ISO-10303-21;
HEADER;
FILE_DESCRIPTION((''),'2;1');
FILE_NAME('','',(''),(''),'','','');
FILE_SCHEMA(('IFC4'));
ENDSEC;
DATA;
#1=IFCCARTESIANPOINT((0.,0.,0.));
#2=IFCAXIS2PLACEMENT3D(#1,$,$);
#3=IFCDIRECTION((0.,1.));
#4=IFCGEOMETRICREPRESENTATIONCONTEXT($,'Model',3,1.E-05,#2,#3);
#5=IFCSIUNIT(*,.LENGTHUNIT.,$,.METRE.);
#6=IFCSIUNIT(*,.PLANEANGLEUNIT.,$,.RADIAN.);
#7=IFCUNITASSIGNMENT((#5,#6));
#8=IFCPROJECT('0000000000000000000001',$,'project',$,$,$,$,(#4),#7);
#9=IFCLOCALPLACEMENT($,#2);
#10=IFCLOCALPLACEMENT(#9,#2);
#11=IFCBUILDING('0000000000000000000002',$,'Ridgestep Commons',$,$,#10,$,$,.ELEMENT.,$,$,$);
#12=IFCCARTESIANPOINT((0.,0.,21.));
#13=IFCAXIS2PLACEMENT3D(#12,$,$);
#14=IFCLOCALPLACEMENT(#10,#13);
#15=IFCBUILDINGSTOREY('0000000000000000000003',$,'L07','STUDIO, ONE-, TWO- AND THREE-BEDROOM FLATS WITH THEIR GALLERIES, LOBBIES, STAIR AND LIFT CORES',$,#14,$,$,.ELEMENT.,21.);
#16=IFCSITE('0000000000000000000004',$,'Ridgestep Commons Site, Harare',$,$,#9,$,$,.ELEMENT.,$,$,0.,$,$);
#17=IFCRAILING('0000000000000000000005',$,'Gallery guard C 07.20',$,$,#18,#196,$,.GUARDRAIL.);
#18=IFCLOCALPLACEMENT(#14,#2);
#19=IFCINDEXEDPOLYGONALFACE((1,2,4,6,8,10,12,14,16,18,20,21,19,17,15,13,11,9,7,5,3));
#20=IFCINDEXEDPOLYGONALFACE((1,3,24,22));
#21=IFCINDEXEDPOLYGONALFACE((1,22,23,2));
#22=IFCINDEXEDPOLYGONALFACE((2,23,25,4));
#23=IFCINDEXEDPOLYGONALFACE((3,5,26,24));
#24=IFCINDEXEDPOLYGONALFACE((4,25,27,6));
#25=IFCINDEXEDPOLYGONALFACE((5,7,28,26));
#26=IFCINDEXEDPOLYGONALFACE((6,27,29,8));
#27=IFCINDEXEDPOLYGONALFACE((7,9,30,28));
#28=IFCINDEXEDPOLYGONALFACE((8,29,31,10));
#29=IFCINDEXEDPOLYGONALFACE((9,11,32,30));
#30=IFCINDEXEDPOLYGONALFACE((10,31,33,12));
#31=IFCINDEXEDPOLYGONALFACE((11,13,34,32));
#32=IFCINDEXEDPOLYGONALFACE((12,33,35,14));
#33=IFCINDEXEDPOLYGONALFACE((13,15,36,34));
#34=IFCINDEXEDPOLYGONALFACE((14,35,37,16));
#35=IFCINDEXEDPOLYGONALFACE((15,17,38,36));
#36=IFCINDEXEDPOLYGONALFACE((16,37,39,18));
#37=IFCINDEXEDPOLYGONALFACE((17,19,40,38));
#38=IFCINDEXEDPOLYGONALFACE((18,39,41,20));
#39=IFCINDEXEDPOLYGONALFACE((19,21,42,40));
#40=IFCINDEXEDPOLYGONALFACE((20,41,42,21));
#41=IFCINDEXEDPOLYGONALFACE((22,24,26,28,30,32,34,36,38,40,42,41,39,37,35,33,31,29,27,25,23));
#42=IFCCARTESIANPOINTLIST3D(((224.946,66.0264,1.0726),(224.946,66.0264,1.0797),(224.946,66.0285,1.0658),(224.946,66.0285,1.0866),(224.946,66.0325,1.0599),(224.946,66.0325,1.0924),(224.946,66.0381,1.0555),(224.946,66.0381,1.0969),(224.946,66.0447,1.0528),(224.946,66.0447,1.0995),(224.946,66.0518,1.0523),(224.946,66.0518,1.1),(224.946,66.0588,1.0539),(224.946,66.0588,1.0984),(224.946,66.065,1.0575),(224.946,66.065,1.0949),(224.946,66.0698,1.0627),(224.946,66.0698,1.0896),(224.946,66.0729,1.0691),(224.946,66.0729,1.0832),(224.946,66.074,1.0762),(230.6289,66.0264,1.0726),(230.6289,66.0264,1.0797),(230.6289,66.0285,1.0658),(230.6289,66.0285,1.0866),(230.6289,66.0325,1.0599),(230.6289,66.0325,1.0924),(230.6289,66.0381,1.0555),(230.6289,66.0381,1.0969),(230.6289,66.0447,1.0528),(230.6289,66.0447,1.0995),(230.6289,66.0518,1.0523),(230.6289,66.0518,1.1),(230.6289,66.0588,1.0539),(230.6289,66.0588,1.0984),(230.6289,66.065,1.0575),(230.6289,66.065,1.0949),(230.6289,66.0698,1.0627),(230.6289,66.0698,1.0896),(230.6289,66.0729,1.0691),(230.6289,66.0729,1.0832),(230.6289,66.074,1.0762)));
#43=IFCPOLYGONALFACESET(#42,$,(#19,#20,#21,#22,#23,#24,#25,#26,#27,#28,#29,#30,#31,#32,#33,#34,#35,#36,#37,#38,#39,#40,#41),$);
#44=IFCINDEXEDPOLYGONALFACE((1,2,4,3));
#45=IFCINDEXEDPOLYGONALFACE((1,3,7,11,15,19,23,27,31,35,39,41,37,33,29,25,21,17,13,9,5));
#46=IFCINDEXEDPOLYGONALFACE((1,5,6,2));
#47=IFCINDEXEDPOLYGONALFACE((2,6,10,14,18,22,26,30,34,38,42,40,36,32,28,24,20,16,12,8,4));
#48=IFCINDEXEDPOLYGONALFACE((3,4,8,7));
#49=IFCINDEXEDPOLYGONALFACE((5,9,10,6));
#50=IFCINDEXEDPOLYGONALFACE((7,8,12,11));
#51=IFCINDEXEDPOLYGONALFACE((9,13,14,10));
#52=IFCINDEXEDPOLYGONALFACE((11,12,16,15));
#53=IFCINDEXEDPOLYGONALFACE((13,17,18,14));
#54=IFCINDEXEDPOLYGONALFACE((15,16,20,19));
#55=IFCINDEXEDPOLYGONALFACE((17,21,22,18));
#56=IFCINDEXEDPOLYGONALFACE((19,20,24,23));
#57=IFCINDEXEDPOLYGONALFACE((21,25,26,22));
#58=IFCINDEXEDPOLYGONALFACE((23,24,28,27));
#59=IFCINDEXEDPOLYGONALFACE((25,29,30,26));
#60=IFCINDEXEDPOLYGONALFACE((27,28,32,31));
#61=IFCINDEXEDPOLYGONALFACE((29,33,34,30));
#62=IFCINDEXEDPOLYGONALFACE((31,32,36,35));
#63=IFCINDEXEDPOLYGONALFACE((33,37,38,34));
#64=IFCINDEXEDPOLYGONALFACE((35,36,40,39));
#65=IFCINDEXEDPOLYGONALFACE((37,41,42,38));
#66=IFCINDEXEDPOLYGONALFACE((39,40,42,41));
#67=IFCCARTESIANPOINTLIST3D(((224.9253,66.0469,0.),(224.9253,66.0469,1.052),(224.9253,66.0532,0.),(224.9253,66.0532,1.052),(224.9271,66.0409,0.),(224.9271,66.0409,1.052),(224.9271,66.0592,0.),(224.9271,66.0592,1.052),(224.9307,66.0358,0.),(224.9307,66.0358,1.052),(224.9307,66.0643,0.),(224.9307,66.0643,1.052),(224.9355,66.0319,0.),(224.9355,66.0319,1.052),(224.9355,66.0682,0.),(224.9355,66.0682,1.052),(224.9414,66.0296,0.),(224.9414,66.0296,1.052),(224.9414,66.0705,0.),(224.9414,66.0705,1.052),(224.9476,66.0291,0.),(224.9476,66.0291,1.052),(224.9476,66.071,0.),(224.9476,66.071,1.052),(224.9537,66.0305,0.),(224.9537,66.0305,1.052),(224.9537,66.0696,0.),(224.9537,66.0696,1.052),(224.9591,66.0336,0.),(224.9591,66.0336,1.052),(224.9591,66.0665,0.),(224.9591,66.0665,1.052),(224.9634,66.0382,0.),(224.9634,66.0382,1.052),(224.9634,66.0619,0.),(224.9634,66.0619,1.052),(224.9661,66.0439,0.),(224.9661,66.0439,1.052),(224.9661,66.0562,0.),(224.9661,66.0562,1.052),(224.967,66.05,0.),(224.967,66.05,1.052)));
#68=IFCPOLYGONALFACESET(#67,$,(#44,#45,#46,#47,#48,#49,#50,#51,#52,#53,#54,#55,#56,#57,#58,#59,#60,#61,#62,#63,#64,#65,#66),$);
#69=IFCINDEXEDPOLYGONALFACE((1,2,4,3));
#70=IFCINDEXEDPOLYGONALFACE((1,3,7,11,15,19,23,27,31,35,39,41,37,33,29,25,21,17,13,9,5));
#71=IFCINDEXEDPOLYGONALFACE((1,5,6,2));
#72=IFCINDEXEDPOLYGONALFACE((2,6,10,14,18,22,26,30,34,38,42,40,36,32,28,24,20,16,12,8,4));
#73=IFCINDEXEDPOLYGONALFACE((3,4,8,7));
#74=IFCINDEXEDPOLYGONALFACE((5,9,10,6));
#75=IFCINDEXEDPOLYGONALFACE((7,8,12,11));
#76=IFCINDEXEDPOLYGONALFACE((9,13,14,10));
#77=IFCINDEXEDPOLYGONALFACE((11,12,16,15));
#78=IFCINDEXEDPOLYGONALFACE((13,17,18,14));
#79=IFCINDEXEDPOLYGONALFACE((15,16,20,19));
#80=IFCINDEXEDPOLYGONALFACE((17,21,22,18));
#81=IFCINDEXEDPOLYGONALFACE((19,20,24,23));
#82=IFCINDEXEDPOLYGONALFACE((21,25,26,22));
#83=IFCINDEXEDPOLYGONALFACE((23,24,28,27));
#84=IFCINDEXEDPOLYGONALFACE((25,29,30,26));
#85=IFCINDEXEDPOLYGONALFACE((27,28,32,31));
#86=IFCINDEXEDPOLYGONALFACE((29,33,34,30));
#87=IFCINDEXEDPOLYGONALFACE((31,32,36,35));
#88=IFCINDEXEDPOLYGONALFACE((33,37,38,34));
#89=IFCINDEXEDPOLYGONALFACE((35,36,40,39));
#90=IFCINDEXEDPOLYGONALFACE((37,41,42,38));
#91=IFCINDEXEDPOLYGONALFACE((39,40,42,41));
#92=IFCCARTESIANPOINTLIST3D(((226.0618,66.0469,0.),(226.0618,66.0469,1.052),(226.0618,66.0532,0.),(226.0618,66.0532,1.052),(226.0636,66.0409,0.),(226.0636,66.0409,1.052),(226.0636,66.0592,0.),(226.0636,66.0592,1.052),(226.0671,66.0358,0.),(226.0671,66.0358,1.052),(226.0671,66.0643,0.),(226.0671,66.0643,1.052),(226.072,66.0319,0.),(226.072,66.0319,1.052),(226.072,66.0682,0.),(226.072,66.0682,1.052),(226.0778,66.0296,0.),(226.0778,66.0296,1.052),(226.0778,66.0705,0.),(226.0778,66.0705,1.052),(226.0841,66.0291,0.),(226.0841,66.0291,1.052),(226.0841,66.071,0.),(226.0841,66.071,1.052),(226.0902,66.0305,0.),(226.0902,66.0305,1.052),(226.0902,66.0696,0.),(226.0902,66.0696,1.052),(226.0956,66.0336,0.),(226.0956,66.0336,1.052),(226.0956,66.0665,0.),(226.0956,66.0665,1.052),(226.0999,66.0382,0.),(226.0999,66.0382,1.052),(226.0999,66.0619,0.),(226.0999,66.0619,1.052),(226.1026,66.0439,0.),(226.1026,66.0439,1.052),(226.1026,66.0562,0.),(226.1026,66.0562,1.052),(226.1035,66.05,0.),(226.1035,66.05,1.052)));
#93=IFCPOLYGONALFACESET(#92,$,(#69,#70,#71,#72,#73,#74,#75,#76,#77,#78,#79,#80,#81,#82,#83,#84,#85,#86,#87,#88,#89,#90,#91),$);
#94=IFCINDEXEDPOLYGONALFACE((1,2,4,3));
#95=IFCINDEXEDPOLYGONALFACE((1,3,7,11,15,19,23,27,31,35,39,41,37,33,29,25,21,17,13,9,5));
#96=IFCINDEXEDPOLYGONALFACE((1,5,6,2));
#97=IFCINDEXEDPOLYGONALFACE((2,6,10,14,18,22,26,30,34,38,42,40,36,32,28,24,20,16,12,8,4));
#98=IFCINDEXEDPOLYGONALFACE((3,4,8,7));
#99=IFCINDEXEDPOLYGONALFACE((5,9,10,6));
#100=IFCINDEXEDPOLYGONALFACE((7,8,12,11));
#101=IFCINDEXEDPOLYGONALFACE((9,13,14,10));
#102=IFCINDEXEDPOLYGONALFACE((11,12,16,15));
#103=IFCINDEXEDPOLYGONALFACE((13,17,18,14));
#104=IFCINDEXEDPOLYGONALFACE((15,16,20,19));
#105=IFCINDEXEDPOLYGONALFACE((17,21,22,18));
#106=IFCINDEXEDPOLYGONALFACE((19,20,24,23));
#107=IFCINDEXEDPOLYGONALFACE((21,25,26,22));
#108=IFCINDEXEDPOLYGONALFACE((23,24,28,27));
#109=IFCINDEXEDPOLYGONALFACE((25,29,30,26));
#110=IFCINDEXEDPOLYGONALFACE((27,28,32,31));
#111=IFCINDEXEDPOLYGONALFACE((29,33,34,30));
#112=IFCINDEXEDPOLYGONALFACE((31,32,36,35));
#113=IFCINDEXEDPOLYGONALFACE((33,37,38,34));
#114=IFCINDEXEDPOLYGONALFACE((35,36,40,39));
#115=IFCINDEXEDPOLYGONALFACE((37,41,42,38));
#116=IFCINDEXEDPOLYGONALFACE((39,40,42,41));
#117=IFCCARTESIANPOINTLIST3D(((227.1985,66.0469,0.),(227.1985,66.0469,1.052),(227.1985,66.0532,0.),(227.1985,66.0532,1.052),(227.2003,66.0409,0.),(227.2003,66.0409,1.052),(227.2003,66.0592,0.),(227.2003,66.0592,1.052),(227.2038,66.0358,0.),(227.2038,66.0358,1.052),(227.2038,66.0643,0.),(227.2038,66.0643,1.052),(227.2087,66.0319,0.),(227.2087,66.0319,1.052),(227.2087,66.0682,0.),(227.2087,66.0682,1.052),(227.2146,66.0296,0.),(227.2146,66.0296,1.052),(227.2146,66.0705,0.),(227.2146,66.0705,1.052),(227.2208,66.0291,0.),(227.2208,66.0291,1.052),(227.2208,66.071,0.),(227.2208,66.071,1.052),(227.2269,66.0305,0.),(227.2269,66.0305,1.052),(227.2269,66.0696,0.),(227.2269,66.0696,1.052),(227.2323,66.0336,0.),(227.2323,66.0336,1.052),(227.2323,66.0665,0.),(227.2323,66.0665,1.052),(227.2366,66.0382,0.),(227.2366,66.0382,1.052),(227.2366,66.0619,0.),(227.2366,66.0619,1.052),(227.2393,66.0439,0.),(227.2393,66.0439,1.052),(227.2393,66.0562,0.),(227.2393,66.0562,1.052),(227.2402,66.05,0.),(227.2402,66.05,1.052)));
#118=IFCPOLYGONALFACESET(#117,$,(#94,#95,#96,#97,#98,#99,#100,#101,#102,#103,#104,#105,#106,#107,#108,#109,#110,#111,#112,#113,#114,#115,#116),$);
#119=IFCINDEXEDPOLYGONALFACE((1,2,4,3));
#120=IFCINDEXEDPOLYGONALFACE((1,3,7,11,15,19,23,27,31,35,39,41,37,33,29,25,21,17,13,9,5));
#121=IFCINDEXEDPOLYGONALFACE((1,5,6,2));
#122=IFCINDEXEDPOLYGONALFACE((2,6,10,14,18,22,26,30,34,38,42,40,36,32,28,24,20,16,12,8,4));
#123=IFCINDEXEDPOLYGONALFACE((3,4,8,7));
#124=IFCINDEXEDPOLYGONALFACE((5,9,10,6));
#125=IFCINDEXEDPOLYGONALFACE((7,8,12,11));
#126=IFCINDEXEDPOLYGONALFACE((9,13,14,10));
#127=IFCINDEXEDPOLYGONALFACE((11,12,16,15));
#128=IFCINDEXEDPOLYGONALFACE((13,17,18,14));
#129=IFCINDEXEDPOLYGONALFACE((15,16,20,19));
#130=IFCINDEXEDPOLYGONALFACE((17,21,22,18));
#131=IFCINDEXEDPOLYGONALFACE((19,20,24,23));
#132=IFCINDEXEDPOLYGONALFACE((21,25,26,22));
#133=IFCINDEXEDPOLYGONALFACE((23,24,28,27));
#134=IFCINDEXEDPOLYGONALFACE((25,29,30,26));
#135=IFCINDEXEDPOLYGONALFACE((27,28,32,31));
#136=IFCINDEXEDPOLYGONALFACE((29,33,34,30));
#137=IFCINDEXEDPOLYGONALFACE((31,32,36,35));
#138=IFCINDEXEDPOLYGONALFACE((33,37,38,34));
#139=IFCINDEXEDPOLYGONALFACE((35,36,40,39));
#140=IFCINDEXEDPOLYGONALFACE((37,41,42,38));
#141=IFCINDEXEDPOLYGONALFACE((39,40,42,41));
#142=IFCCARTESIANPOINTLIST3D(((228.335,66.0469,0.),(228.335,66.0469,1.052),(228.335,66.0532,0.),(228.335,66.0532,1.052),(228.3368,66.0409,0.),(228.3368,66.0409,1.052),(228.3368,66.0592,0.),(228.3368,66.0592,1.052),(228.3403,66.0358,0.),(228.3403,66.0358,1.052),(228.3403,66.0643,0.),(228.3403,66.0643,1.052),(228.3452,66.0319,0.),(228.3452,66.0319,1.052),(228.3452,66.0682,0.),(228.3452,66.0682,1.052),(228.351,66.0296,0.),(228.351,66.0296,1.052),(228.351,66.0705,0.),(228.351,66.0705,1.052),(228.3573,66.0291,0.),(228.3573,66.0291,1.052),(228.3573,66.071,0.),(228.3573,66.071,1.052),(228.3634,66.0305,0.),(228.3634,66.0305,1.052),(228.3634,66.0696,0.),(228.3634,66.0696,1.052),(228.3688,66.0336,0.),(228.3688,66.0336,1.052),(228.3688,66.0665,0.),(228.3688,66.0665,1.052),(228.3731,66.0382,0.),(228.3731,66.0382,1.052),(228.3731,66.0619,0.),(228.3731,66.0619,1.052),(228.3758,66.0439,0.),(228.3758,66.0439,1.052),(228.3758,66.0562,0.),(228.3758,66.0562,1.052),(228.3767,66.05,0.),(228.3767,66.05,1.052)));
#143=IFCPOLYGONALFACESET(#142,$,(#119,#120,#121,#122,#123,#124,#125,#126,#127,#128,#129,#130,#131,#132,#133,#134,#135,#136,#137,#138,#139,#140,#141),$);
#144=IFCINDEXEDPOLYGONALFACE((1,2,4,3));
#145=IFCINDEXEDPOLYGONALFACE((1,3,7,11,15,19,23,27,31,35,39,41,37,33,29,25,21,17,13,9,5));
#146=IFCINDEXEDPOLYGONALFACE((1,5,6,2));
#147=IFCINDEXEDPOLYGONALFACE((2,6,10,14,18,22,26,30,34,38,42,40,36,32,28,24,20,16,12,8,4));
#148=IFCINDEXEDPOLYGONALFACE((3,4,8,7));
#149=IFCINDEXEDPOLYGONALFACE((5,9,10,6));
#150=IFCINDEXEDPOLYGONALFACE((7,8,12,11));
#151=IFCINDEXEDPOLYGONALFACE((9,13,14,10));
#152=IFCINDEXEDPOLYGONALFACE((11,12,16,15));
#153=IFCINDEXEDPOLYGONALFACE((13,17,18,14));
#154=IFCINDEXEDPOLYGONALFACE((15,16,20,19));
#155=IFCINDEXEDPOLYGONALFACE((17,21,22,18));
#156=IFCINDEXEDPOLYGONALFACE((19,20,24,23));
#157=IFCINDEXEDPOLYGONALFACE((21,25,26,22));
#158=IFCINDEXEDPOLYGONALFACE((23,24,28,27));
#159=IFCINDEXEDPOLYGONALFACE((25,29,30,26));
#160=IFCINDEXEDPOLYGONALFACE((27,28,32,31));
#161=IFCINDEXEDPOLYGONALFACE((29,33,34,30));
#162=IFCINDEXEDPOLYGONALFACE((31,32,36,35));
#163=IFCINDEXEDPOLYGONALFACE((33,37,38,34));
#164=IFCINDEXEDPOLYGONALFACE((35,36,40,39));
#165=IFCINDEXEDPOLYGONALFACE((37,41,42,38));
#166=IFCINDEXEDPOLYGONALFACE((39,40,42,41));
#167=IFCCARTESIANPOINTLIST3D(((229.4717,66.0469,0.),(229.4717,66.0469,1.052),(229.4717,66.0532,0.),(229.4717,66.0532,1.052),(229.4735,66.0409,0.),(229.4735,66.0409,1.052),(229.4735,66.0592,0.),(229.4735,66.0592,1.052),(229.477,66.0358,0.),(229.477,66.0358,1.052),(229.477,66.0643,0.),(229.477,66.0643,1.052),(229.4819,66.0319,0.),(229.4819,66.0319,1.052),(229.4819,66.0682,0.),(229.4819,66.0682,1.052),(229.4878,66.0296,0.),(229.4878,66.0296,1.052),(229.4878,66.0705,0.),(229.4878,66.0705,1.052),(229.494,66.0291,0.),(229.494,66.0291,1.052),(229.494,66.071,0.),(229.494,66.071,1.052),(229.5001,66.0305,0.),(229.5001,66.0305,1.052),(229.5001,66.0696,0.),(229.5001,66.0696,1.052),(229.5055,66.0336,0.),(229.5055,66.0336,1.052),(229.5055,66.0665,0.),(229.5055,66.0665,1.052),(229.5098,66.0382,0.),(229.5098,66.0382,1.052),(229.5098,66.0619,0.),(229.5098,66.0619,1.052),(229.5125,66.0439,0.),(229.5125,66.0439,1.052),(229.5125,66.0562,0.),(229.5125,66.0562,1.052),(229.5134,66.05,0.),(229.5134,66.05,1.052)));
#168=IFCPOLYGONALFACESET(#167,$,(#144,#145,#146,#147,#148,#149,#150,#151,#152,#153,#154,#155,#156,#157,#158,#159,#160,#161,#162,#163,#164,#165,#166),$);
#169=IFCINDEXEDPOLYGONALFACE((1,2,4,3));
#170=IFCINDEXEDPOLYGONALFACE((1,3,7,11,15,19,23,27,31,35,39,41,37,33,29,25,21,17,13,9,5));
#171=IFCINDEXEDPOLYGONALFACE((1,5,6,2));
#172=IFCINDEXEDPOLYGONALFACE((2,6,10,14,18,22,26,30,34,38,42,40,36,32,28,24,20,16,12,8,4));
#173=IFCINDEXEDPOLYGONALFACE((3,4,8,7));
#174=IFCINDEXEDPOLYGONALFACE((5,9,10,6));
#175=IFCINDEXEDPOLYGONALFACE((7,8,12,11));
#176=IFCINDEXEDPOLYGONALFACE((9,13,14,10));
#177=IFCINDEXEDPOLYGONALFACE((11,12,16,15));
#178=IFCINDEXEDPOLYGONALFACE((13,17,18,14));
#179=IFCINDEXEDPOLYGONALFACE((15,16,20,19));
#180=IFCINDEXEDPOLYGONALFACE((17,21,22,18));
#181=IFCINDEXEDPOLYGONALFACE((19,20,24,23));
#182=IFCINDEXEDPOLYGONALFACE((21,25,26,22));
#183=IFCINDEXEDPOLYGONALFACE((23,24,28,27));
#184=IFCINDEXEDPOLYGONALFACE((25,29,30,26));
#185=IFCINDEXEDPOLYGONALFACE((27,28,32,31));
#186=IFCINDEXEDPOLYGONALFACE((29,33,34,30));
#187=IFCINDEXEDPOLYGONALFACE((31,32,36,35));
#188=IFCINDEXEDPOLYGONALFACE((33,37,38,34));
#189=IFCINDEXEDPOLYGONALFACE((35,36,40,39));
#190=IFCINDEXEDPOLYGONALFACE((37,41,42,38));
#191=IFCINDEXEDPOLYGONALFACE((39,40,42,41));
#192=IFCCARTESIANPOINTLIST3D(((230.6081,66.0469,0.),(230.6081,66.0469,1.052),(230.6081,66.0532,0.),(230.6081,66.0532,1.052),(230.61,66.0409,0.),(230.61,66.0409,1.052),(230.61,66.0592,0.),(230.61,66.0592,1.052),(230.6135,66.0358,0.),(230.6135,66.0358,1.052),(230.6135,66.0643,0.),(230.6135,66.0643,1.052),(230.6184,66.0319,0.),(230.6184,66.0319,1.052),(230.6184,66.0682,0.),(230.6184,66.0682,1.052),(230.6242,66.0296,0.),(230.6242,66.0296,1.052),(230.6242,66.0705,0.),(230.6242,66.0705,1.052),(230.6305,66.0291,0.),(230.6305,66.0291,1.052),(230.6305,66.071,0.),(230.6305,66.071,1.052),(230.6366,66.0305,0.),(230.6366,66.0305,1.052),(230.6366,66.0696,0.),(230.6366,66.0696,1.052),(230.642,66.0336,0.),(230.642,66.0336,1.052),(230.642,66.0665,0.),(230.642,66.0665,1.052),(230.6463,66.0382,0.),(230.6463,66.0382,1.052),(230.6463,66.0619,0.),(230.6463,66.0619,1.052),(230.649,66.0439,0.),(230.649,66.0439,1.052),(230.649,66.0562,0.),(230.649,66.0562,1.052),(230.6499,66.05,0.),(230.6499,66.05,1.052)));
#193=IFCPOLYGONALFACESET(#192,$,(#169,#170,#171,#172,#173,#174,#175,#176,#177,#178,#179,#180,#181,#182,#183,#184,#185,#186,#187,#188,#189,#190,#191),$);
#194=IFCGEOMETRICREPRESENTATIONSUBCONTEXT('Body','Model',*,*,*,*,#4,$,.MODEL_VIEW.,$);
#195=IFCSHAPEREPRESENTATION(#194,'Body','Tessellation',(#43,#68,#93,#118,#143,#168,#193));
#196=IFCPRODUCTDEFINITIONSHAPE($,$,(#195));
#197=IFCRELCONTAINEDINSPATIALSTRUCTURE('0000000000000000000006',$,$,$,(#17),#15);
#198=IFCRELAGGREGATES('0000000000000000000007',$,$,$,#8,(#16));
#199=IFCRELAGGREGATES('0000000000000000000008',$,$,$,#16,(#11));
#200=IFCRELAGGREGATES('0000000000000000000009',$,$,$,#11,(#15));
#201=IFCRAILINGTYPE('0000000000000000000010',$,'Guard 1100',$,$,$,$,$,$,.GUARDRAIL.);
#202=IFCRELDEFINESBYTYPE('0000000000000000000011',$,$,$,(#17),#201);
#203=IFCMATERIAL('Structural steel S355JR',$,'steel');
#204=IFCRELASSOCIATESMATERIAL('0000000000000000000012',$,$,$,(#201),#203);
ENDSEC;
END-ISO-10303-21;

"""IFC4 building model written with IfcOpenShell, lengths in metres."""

from ifc_helpers import new_model, si_unit, direction, frame, origin, origin_2d, place, context, subcontext, project, spatial, circle, extrude, material, type_object, element, save


model = new_model("IFC4")

# Units and contexts
model_context = context("Model", 3, precision=1e-05, world=origin(), true_north=direction((0.0, 1.0)))
body_context = subcontext(model_context, "Body", "Model", "MODEL_VIEW")
ifc_project = project(units=[si_unit("LENGTHUNIT", "METRE"), si_unit("PLANEANGLEUNIT", "RADIAN")], contexts=[model_context])

# Site, building, storey
site_placement = place(None, origin())
site = spatial("IfcSite", under=ifc_project, at=site_placement, Name="Ridgestep Commons Site, Harare", CompositionType="ELEMENT", RefElevation=0.0)
building_placement = place(site_placement, origin())
building = spatial("IfcBuilding", under=site, at=building_placement, Name="Ridgestep Commons", CompositionType="ELEMENT")
storey_placement = place(building_placement, frame((0.0, 0.0, 21.0)))
storey = spatial("IfcBuildingStorey", under=building, at=storey_placement, Name="L07", Description="STUDIO, ONE-, TWO- AND THREE-BEDROOM FLATS WITH THEIR GALLERIES, LOBBIES, STAIR AND LIFT CORES", CompositionType="ELEMENT", Elevation=21.0)

# Railing
ifc_material_1 = material(Name="Structural steel S355JR", Category="steel")
railing_type = type_object("IfcRailingType", Name="Guard 1100", PredefinedType="GUARDRAIL", material=ifc_material_1)
railing_1_placement = place(storey_placement, frame((224.946, 66.05, 0.0)))
element("IfcRailing", 1, at=railing_1_placement, inside=storey, type_object=railing_type, Name="Gallery guard C 07.20", PredefinedType="GUARDRAIL", context=body_context, shape_type="SweptSolid", body=[
    extrude(circle(Radius=0.0239, at=origin_2d()), frame((0.0, 0.0, 1.0762), z_axis=(1.0, 0.0, 0.0), x_axis=(0.0, 1.0, 0.0)), (0.0, 0.0, 1.0), 5.6829),
    extrude(circle(Radius=0.021, at=origin_2d()), origin(), (0.0, 0.0, 1.0), 1.052),
    extrude(circle(Radius=0.021, at=origin_2d()), frame((1.1365, 0.0, 0.0)), (0.0, 0.0, 1.0), 1.052),
    extrude(circle(Radius=0.021, at=origin_2d()), frame((2.2732, 0.0, 0.0)), (0.0, 0.0, 1.0), 1.052),
    extrude(circle(Radius=0.021, at=origin_2d()), frame((3.4097, 0.0, 0.0)), (0.0, 0.0, 1.0), 1.052),
    extrude(circle(Radius=0.021, at=origin_2d()), frame((4.5464, 0.0, 0.0)), (0.0, 0.0, 1.0), 1.052),
    extrude(circle(Radius=0.021, at=origin_2d()), frame((5.6829, 0.0, 0.0)), (0.0, 0.0, 1.0), 1.052),
])

save(model, "model.ifc")
